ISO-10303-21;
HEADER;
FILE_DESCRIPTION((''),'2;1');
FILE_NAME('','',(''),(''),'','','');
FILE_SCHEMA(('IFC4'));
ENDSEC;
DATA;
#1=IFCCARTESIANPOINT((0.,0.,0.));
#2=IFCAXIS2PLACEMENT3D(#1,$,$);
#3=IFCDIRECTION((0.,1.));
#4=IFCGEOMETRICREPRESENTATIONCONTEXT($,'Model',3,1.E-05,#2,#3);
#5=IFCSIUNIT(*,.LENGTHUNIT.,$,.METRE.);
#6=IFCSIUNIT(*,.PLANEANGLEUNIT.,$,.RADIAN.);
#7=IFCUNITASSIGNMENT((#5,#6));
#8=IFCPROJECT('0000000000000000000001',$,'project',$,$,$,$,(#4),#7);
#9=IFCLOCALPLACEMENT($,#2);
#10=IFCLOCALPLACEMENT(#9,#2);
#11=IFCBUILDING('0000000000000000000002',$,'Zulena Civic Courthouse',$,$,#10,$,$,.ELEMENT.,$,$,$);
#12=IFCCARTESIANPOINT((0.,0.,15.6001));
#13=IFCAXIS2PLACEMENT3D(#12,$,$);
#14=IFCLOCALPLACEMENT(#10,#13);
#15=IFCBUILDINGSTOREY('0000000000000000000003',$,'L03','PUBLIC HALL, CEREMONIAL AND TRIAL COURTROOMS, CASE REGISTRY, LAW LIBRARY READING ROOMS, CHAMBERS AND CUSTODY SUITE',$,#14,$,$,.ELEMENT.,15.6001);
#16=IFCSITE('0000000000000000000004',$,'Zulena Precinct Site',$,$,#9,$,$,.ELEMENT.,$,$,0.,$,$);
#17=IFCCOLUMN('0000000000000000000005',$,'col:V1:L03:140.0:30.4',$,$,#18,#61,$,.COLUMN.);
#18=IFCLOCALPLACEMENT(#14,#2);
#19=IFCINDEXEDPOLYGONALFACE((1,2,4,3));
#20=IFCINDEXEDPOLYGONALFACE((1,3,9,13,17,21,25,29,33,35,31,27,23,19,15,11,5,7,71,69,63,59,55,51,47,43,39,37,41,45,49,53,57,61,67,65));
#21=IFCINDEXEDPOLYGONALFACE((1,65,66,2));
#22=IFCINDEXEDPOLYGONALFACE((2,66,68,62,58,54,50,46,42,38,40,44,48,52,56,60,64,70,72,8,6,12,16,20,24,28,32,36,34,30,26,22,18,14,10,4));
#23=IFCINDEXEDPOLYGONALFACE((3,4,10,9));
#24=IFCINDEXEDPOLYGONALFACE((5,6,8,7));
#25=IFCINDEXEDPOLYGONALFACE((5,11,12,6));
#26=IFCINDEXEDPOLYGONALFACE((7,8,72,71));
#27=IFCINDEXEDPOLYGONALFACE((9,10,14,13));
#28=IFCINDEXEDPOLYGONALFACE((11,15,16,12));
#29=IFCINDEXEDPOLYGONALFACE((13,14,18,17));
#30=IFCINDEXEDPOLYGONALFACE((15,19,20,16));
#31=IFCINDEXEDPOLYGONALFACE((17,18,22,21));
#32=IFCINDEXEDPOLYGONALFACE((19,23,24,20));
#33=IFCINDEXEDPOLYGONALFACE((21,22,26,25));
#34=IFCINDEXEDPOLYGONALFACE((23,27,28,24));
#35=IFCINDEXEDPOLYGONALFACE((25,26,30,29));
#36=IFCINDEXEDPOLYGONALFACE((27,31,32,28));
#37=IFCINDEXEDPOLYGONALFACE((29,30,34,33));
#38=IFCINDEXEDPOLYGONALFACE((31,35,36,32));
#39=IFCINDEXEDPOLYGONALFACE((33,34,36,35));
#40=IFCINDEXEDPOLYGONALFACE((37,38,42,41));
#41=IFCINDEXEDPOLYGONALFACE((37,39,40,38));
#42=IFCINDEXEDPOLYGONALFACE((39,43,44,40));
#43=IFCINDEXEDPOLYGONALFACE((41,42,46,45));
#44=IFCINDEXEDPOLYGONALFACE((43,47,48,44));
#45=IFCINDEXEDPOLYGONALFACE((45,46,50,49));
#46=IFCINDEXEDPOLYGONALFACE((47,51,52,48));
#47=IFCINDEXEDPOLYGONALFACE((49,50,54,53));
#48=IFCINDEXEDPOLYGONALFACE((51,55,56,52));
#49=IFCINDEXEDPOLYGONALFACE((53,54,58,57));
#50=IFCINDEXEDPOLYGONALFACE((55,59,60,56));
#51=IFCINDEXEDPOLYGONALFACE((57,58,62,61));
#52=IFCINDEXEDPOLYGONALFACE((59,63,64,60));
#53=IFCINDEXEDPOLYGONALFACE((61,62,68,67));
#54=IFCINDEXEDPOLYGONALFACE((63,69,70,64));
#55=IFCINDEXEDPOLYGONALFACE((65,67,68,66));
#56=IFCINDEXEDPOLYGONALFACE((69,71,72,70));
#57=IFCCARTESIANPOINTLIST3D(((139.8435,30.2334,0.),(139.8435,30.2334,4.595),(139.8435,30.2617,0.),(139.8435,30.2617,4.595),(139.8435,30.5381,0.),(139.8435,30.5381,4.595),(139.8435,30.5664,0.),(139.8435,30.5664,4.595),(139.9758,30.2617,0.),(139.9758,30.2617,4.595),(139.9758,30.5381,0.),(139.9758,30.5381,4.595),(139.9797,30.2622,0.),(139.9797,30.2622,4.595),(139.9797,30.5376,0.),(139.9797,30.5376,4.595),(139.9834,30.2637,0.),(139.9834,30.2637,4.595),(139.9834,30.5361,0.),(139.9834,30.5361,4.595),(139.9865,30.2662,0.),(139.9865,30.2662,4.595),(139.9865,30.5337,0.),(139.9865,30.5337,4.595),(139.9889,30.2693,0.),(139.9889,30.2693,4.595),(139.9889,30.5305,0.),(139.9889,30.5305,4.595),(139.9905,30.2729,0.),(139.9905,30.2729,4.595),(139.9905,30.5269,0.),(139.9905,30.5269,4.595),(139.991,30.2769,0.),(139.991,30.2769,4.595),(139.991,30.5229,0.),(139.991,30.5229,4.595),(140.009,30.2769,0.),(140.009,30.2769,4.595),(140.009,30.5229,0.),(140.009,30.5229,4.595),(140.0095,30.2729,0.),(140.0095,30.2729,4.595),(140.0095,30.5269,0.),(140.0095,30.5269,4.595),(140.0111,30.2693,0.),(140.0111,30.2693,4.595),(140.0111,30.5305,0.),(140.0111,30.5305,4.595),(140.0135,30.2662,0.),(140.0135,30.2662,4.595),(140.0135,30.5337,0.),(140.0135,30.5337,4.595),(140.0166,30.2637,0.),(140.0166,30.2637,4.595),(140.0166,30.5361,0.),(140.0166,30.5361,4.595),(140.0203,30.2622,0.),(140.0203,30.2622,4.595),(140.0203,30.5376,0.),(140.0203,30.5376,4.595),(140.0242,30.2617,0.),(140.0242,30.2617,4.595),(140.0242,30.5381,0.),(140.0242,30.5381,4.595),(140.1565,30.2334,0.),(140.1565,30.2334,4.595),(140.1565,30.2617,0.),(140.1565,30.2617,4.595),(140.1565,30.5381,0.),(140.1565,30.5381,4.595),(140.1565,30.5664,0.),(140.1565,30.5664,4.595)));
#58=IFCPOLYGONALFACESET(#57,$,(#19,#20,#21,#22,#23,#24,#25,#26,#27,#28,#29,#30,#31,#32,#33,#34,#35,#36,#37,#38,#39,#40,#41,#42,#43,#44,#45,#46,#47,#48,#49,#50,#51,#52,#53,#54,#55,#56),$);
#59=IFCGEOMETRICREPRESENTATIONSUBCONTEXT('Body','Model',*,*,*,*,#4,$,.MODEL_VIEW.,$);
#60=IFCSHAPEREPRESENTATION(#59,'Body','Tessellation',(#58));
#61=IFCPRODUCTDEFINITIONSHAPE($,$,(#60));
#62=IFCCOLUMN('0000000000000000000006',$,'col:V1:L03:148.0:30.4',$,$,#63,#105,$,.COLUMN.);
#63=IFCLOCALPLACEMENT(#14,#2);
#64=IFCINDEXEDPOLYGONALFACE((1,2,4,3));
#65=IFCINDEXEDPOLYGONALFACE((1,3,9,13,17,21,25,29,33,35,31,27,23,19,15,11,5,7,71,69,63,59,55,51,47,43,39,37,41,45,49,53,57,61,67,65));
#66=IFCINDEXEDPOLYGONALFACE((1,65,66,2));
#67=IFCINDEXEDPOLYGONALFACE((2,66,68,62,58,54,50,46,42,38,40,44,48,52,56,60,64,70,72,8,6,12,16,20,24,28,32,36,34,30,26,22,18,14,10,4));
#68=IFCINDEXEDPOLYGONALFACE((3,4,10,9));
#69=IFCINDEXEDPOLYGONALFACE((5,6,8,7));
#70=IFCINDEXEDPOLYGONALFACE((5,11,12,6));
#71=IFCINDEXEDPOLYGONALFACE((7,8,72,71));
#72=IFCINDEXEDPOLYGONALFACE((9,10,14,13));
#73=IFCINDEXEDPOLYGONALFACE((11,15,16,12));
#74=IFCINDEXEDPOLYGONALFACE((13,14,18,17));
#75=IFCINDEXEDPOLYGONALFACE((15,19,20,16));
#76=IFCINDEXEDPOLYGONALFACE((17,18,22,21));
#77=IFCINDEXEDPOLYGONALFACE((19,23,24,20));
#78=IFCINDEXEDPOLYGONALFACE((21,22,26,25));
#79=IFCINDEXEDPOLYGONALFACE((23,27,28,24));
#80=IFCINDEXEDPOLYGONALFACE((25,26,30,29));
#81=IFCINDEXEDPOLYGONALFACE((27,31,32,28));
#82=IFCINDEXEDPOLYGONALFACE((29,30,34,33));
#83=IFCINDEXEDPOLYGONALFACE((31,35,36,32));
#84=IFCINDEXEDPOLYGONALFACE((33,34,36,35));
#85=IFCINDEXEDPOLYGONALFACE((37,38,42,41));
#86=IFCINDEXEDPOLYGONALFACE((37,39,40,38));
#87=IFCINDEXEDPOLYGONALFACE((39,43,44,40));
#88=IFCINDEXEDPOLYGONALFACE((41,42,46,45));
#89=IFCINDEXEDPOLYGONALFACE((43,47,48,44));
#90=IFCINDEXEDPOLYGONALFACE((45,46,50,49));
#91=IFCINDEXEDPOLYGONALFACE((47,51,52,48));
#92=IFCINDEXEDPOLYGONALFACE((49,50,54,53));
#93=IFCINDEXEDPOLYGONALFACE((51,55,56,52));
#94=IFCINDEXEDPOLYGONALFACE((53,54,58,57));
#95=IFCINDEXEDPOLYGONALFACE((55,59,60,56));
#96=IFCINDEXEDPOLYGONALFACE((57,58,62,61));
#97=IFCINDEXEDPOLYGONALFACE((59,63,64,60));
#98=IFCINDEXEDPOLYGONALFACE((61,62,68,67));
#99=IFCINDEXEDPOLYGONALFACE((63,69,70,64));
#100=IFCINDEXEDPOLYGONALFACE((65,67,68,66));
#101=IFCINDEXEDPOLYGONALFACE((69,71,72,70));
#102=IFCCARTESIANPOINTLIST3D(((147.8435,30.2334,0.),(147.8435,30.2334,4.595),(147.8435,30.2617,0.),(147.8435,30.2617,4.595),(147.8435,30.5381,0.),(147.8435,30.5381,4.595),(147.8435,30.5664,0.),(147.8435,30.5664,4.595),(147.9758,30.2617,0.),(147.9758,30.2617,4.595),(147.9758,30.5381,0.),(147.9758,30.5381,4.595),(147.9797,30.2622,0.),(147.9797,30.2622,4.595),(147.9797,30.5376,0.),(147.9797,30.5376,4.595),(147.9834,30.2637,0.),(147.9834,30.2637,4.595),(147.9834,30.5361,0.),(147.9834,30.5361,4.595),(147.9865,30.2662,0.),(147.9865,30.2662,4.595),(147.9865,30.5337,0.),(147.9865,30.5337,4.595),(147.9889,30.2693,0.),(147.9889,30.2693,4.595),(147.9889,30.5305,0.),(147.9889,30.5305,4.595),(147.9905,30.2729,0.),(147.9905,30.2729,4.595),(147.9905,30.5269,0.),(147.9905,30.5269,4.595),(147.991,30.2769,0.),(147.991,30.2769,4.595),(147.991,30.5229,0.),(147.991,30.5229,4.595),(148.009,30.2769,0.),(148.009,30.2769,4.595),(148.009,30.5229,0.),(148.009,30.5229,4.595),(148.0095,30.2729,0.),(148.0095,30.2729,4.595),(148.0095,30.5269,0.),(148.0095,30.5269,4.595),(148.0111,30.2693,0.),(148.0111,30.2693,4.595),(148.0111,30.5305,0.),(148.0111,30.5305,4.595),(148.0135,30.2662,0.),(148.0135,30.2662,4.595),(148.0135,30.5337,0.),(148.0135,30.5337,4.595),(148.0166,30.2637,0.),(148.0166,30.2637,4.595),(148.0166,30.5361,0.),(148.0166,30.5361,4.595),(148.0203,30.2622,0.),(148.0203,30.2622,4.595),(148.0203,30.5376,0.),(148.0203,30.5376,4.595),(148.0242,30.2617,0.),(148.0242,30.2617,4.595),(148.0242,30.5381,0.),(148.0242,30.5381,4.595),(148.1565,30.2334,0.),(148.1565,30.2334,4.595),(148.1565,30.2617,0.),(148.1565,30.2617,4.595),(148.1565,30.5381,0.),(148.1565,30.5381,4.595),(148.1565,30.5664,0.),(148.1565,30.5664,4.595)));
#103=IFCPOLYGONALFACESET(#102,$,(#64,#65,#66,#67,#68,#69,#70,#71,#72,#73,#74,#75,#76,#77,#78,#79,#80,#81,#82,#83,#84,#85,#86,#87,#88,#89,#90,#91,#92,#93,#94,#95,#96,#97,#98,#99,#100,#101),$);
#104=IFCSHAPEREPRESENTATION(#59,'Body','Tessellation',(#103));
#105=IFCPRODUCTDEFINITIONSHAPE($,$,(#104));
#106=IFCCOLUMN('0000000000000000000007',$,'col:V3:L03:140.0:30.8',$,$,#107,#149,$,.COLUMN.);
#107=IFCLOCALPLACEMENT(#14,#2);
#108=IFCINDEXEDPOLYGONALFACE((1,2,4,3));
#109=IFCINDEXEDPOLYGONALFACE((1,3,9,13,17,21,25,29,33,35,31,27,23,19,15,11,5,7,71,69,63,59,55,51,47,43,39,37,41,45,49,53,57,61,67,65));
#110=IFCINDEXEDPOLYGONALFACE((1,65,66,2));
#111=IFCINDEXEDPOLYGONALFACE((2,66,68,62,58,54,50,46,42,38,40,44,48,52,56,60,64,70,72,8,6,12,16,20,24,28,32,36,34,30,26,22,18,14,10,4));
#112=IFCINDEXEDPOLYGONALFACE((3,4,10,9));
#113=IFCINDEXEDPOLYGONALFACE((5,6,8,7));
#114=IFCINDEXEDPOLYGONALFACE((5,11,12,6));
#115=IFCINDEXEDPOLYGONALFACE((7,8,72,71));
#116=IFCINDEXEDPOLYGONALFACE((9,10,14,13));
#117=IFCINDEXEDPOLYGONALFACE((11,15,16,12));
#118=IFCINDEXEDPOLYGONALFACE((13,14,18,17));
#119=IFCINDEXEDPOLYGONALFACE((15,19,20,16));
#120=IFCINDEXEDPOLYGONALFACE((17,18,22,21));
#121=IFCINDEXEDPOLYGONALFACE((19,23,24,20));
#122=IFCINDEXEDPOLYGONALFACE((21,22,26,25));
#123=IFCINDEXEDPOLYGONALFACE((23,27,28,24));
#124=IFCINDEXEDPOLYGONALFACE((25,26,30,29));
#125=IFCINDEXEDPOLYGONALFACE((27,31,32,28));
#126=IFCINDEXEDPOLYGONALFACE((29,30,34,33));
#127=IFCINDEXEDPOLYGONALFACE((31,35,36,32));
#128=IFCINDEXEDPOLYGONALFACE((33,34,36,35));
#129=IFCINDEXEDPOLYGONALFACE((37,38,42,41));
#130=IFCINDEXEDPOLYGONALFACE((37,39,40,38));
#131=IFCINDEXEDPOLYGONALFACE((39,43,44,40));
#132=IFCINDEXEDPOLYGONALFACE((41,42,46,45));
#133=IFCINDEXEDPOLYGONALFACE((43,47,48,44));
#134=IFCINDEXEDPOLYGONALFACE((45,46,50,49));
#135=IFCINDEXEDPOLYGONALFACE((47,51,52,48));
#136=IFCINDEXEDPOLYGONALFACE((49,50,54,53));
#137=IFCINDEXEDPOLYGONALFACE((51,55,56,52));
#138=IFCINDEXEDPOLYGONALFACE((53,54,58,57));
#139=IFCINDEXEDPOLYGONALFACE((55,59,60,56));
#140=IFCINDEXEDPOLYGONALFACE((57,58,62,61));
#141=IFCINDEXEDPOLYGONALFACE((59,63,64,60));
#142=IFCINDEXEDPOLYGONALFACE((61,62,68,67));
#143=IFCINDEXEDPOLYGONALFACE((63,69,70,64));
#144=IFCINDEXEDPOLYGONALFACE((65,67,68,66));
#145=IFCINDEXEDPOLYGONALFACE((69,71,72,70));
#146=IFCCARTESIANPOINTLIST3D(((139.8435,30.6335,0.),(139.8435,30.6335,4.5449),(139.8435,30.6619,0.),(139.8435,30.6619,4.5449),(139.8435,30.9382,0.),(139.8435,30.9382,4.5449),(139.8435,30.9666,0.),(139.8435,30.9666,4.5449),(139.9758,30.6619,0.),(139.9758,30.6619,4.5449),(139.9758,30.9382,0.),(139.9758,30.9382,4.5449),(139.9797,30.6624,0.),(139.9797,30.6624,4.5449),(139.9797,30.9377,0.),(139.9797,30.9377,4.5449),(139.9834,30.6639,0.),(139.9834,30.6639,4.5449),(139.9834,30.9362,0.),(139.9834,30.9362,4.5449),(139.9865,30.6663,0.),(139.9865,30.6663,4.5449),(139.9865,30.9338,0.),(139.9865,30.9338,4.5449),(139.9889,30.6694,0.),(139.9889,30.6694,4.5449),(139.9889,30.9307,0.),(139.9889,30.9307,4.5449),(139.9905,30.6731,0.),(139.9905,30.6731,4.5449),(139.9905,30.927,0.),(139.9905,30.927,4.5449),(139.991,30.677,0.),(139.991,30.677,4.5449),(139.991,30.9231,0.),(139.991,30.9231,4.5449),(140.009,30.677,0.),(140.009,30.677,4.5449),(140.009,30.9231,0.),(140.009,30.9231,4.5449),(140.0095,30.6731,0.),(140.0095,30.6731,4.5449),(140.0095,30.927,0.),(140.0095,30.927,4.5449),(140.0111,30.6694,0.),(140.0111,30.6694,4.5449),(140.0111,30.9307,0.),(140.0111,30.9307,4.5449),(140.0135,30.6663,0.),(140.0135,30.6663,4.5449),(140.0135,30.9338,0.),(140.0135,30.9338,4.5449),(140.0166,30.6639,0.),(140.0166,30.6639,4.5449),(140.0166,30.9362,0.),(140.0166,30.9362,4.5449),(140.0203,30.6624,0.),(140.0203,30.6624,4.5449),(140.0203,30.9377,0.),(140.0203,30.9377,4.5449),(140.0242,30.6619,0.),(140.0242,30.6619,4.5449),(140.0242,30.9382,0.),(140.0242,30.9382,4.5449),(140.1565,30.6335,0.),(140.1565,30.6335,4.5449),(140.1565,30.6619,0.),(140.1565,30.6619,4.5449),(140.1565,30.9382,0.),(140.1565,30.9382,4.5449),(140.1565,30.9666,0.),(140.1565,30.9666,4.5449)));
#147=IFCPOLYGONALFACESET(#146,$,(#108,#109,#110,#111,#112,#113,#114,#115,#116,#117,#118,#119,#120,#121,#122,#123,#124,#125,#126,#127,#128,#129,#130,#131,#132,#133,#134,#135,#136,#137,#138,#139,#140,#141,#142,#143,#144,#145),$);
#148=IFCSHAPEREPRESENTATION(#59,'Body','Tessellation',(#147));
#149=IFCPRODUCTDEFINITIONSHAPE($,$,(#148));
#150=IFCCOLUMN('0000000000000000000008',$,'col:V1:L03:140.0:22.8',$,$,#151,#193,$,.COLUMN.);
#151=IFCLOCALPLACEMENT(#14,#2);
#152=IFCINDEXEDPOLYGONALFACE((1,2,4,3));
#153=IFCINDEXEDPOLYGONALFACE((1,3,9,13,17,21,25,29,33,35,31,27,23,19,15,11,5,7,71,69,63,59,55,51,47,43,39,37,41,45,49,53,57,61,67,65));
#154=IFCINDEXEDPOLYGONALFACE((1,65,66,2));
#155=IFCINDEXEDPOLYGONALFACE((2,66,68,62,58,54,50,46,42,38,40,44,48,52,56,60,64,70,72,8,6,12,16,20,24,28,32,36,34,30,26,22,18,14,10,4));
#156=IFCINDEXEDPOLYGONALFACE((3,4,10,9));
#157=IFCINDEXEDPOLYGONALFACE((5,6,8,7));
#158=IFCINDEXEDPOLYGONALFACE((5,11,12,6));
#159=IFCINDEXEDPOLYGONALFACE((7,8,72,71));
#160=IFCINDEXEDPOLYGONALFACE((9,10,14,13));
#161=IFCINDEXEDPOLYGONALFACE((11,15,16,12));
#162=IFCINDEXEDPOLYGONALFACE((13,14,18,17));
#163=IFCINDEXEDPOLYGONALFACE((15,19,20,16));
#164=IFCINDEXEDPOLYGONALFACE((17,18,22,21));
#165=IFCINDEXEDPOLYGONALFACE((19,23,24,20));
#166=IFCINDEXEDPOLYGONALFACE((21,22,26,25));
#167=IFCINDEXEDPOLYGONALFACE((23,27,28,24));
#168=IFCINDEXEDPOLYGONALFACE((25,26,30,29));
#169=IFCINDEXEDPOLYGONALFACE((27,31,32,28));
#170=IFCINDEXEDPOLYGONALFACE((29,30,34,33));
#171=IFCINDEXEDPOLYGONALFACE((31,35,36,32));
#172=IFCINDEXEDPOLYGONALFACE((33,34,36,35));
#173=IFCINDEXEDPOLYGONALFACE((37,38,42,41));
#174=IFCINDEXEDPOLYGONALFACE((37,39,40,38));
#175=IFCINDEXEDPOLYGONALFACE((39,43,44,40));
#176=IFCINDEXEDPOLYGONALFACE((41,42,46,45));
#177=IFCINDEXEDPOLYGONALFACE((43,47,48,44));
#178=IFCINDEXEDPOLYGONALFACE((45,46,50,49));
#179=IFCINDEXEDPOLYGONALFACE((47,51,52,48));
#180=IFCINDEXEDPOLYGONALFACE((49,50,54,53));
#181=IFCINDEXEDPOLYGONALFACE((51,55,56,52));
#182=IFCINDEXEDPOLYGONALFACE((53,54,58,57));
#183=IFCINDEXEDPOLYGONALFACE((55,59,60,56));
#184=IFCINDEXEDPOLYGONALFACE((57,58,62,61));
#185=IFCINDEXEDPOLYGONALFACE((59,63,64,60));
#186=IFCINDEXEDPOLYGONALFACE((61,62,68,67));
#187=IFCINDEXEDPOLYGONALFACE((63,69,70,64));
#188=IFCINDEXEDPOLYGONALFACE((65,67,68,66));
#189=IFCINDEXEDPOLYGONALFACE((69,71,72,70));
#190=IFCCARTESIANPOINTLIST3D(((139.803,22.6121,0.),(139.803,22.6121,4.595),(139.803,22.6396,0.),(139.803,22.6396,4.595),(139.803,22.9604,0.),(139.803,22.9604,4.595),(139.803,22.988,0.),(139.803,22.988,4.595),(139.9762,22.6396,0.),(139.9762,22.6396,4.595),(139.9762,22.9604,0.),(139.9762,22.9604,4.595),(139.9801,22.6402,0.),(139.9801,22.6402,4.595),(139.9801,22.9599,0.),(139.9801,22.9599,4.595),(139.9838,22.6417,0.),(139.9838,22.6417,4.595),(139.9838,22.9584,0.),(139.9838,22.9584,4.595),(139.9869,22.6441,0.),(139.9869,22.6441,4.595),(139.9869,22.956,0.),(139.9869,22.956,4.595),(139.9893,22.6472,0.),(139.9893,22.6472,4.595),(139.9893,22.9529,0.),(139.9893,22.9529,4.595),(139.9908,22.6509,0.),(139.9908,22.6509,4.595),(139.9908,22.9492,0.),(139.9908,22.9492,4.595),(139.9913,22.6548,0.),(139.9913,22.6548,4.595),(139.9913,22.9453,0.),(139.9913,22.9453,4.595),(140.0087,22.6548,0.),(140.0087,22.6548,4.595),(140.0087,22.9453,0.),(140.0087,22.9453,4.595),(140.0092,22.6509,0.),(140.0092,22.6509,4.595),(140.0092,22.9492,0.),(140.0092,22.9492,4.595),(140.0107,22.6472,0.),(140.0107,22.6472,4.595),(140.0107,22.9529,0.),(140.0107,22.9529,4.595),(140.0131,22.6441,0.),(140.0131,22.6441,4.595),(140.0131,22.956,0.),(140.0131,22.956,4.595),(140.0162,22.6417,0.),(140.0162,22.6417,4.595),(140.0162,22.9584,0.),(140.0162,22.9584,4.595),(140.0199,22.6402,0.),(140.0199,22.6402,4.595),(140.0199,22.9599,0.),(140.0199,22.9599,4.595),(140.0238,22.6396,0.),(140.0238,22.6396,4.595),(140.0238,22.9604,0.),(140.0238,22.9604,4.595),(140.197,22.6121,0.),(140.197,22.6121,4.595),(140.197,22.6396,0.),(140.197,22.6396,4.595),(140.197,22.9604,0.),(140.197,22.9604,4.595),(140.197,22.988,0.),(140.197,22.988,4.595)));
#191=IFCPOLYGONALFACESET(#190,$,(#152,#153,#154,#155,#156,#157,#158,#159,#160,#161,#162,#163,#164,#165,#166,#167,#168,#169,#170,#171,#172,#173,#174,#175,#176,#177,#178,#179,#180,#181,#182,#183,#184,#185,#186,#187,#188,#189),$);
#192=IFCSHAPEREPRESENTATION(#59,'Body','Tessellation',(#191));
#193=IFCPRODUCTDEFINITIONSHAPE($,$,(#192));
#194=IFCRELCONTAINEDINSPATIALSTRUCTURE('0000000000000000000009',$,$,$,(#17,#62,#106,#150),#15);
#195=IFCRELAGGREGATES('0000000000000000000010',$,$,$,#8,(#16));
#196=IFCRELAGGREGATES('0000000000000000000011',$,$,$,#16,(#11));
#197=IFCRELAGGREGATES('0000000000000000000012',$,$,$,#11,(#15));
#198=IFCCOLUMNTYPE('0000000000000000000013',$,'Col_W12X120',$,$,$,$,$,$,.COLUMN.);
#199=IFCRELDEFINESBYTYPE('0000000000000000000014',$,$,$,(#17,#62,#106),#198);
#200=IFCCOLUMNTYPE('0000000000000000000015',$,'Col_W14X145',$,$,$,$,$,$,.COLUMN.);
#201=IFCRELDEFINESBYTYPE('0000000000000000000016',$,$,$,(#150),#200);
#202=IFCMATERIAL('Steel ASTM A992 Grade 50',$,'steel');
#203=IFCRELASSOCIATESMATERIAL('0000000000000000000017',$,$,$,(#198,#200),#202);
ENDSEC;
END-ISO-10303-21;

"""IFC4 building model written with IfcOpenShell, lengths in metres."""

from ifc_helpers import new_model, si_unit, direction, frame, origin, origin_2d, place, context, subcontext, project, spatial, i_section, extrude, material, material_profile, profile_set, type_object, element, save


model = new_model("IFC4")

# Units and contexts
model_context = context("Model", 3, precision=1e-05, world=origin(), true_north=direction((0.0, 1.0)))
body_context = subcontext(model_context, "Body", "Model", "MODEL_VIEW")
ifc_project = project(units=[si_unit("LENGTHUNIT", "METRE"), si_unit("PLANEANGLEUNIT", "RADIAN")], contexts=[model_context])

# Site, building, storey
site_placement = place(None, origin())
site = spatial("IfcSite", under=ifc_project, at=site_placement, Name="Zulena Precinct Site", CompositionType="ELEMENT", RefElevation=0.0)
building_placement = place(site_placement, origin())
building = spatial("IfcBuilding", under=site, at=building_placement, Name="Zulena Civic Courthouse", CompositionType="ELEMENT")
storey_placement = place(building_placement, frame((0.0, 0.0, 15.6001)))
storey = spatial("IfcBuildingStorey", under=building, at=storey_placement, Name="L03", Description="PUBLIC HALL, CEREMONIAL AND TRIAL COURTROOMS, CASE REGISTRY, LAW LIBRARY READING ROOMS, CHAMBERS AND CUSTODY SUITE", CompositionType="ELEMENT", Elevation=15.6001)

# Columns
ifc_material_1 = material(Name="Steel ASTM A992 Grade 50", Category="steel")
ifc_material_profile_1 = material_profile(ifc_material_1, i_section(OverallWidth=0.313, OverallDepth=0.333, WebThickness=0.0181, FlangeThickness=0.0283, FilletRadius=0.0151, at=origin_2d()), Name="W12X120")
ifc_profile_set_1 = profile_set([ifc_material_profile_1], Name="Steel ASTM A992 Grade 50")
column_type_1 = type_object("IfcColumnType", Name="Col_W12X120", PredefinedType="COLUMN", material=ifc_profile_set_1)
for number, where, z_axis, x_axis, name in (
    (1, (140.0, 30.3999, 0.0), (0.0, 0.0, 1.0), (1.0, 0.0, 0.0), "col:V1:L03:140.0:30.4"),
    (2, (148.0, 30.3999, 0.0), (0.0, 0.0, 1.0), (1.0, 0.0, 0.0), "col:V1:L03:148.0:30.4"),
):
    element("IfcColumn", number, at=place(storey_placement, frame(where, z_axis=z_axis, x_axis=x_axis)), inside=storey, type_object=column_type_1, Name=name, PredefinedType="COLUMN", context=body_context, shape_type="SweptSolid", body=[
        extrude(i_section(OverallWidth=0.313, OverallDepth=0.333, WebThickness=0.0181, FlangeThickness=0.0283, FilletRadius=0.0151, at=origin_2d()), origin(), (0.0, 0.0, 1.0), 4.595),
    ])
column_placement = place(storey_placement, frame((140.0, 30.8, 0.0), z_axis=(0.0, 0.0, 1.0), x_axis=(1.0, 0.0, 0.0)))
element("IfcColumn", 3, at=column_placement, inside=storey, type_object=column_type_1, Name="col:V3:L03:140.0:30.8", PredefinedType="COLUMN", context=body_context, shape_type="SweptSolid", body=[
    extrude(i_section(OverallWidth=0.313, OverallDepth=0.333, WebThickness=0.0181, FlangeThickness=0.0283, FilletRadius=0.0151, at=origin_2d()), origin(), (0.0, 0.0, 1.0), 4.5449),
])
ifc_material_profile_2 = material_profile(ifc_material_1, i_section(OverallWidth=0.394, OverallDepth=0.376, WebThickness=0.0173, FlangeThickness=0.0276, FilletRadius=0.0151, at=origin_2d()), Name="W14X145")
ifc_profile_set_2 = profile_set([ifc_material_profile_2], Name="Steel ASTM A992 Grade 50")
column_type_2 = type_object("IfcColumnType", Name="Col_W14X145", PredefinedType="COLUMN", material=ifc_profile_set_2)
for number, where, z_axis, x_axis, name in (
    (4, (140.0, 22.8, 0.0), (0.0, 0.0, 1.0), (1.0, 0.0, 0.0), "col:V1:L03:140.0:22.8"),
):
    element("IfcColumn", number, at=place(storey_placement, frame(where, z_axis=z_axis, x_axis=x_axis)), inside=storey, type_object=column_type_2, Name=name, PredefinedType="COLUMN", context=body_context, shape_type="SweptSolid", body=[
        extrude(i_section(OverallWidth=0.394, OverallDepth=0.376, WebThickness=0.0173, FlangeThickness=0.0276, FilletRadius=0.0151, at=origin_2d()), origin(), (0.0, 0.0, 1.0), 4.595),
    ])

save(model, "model.ifc")
